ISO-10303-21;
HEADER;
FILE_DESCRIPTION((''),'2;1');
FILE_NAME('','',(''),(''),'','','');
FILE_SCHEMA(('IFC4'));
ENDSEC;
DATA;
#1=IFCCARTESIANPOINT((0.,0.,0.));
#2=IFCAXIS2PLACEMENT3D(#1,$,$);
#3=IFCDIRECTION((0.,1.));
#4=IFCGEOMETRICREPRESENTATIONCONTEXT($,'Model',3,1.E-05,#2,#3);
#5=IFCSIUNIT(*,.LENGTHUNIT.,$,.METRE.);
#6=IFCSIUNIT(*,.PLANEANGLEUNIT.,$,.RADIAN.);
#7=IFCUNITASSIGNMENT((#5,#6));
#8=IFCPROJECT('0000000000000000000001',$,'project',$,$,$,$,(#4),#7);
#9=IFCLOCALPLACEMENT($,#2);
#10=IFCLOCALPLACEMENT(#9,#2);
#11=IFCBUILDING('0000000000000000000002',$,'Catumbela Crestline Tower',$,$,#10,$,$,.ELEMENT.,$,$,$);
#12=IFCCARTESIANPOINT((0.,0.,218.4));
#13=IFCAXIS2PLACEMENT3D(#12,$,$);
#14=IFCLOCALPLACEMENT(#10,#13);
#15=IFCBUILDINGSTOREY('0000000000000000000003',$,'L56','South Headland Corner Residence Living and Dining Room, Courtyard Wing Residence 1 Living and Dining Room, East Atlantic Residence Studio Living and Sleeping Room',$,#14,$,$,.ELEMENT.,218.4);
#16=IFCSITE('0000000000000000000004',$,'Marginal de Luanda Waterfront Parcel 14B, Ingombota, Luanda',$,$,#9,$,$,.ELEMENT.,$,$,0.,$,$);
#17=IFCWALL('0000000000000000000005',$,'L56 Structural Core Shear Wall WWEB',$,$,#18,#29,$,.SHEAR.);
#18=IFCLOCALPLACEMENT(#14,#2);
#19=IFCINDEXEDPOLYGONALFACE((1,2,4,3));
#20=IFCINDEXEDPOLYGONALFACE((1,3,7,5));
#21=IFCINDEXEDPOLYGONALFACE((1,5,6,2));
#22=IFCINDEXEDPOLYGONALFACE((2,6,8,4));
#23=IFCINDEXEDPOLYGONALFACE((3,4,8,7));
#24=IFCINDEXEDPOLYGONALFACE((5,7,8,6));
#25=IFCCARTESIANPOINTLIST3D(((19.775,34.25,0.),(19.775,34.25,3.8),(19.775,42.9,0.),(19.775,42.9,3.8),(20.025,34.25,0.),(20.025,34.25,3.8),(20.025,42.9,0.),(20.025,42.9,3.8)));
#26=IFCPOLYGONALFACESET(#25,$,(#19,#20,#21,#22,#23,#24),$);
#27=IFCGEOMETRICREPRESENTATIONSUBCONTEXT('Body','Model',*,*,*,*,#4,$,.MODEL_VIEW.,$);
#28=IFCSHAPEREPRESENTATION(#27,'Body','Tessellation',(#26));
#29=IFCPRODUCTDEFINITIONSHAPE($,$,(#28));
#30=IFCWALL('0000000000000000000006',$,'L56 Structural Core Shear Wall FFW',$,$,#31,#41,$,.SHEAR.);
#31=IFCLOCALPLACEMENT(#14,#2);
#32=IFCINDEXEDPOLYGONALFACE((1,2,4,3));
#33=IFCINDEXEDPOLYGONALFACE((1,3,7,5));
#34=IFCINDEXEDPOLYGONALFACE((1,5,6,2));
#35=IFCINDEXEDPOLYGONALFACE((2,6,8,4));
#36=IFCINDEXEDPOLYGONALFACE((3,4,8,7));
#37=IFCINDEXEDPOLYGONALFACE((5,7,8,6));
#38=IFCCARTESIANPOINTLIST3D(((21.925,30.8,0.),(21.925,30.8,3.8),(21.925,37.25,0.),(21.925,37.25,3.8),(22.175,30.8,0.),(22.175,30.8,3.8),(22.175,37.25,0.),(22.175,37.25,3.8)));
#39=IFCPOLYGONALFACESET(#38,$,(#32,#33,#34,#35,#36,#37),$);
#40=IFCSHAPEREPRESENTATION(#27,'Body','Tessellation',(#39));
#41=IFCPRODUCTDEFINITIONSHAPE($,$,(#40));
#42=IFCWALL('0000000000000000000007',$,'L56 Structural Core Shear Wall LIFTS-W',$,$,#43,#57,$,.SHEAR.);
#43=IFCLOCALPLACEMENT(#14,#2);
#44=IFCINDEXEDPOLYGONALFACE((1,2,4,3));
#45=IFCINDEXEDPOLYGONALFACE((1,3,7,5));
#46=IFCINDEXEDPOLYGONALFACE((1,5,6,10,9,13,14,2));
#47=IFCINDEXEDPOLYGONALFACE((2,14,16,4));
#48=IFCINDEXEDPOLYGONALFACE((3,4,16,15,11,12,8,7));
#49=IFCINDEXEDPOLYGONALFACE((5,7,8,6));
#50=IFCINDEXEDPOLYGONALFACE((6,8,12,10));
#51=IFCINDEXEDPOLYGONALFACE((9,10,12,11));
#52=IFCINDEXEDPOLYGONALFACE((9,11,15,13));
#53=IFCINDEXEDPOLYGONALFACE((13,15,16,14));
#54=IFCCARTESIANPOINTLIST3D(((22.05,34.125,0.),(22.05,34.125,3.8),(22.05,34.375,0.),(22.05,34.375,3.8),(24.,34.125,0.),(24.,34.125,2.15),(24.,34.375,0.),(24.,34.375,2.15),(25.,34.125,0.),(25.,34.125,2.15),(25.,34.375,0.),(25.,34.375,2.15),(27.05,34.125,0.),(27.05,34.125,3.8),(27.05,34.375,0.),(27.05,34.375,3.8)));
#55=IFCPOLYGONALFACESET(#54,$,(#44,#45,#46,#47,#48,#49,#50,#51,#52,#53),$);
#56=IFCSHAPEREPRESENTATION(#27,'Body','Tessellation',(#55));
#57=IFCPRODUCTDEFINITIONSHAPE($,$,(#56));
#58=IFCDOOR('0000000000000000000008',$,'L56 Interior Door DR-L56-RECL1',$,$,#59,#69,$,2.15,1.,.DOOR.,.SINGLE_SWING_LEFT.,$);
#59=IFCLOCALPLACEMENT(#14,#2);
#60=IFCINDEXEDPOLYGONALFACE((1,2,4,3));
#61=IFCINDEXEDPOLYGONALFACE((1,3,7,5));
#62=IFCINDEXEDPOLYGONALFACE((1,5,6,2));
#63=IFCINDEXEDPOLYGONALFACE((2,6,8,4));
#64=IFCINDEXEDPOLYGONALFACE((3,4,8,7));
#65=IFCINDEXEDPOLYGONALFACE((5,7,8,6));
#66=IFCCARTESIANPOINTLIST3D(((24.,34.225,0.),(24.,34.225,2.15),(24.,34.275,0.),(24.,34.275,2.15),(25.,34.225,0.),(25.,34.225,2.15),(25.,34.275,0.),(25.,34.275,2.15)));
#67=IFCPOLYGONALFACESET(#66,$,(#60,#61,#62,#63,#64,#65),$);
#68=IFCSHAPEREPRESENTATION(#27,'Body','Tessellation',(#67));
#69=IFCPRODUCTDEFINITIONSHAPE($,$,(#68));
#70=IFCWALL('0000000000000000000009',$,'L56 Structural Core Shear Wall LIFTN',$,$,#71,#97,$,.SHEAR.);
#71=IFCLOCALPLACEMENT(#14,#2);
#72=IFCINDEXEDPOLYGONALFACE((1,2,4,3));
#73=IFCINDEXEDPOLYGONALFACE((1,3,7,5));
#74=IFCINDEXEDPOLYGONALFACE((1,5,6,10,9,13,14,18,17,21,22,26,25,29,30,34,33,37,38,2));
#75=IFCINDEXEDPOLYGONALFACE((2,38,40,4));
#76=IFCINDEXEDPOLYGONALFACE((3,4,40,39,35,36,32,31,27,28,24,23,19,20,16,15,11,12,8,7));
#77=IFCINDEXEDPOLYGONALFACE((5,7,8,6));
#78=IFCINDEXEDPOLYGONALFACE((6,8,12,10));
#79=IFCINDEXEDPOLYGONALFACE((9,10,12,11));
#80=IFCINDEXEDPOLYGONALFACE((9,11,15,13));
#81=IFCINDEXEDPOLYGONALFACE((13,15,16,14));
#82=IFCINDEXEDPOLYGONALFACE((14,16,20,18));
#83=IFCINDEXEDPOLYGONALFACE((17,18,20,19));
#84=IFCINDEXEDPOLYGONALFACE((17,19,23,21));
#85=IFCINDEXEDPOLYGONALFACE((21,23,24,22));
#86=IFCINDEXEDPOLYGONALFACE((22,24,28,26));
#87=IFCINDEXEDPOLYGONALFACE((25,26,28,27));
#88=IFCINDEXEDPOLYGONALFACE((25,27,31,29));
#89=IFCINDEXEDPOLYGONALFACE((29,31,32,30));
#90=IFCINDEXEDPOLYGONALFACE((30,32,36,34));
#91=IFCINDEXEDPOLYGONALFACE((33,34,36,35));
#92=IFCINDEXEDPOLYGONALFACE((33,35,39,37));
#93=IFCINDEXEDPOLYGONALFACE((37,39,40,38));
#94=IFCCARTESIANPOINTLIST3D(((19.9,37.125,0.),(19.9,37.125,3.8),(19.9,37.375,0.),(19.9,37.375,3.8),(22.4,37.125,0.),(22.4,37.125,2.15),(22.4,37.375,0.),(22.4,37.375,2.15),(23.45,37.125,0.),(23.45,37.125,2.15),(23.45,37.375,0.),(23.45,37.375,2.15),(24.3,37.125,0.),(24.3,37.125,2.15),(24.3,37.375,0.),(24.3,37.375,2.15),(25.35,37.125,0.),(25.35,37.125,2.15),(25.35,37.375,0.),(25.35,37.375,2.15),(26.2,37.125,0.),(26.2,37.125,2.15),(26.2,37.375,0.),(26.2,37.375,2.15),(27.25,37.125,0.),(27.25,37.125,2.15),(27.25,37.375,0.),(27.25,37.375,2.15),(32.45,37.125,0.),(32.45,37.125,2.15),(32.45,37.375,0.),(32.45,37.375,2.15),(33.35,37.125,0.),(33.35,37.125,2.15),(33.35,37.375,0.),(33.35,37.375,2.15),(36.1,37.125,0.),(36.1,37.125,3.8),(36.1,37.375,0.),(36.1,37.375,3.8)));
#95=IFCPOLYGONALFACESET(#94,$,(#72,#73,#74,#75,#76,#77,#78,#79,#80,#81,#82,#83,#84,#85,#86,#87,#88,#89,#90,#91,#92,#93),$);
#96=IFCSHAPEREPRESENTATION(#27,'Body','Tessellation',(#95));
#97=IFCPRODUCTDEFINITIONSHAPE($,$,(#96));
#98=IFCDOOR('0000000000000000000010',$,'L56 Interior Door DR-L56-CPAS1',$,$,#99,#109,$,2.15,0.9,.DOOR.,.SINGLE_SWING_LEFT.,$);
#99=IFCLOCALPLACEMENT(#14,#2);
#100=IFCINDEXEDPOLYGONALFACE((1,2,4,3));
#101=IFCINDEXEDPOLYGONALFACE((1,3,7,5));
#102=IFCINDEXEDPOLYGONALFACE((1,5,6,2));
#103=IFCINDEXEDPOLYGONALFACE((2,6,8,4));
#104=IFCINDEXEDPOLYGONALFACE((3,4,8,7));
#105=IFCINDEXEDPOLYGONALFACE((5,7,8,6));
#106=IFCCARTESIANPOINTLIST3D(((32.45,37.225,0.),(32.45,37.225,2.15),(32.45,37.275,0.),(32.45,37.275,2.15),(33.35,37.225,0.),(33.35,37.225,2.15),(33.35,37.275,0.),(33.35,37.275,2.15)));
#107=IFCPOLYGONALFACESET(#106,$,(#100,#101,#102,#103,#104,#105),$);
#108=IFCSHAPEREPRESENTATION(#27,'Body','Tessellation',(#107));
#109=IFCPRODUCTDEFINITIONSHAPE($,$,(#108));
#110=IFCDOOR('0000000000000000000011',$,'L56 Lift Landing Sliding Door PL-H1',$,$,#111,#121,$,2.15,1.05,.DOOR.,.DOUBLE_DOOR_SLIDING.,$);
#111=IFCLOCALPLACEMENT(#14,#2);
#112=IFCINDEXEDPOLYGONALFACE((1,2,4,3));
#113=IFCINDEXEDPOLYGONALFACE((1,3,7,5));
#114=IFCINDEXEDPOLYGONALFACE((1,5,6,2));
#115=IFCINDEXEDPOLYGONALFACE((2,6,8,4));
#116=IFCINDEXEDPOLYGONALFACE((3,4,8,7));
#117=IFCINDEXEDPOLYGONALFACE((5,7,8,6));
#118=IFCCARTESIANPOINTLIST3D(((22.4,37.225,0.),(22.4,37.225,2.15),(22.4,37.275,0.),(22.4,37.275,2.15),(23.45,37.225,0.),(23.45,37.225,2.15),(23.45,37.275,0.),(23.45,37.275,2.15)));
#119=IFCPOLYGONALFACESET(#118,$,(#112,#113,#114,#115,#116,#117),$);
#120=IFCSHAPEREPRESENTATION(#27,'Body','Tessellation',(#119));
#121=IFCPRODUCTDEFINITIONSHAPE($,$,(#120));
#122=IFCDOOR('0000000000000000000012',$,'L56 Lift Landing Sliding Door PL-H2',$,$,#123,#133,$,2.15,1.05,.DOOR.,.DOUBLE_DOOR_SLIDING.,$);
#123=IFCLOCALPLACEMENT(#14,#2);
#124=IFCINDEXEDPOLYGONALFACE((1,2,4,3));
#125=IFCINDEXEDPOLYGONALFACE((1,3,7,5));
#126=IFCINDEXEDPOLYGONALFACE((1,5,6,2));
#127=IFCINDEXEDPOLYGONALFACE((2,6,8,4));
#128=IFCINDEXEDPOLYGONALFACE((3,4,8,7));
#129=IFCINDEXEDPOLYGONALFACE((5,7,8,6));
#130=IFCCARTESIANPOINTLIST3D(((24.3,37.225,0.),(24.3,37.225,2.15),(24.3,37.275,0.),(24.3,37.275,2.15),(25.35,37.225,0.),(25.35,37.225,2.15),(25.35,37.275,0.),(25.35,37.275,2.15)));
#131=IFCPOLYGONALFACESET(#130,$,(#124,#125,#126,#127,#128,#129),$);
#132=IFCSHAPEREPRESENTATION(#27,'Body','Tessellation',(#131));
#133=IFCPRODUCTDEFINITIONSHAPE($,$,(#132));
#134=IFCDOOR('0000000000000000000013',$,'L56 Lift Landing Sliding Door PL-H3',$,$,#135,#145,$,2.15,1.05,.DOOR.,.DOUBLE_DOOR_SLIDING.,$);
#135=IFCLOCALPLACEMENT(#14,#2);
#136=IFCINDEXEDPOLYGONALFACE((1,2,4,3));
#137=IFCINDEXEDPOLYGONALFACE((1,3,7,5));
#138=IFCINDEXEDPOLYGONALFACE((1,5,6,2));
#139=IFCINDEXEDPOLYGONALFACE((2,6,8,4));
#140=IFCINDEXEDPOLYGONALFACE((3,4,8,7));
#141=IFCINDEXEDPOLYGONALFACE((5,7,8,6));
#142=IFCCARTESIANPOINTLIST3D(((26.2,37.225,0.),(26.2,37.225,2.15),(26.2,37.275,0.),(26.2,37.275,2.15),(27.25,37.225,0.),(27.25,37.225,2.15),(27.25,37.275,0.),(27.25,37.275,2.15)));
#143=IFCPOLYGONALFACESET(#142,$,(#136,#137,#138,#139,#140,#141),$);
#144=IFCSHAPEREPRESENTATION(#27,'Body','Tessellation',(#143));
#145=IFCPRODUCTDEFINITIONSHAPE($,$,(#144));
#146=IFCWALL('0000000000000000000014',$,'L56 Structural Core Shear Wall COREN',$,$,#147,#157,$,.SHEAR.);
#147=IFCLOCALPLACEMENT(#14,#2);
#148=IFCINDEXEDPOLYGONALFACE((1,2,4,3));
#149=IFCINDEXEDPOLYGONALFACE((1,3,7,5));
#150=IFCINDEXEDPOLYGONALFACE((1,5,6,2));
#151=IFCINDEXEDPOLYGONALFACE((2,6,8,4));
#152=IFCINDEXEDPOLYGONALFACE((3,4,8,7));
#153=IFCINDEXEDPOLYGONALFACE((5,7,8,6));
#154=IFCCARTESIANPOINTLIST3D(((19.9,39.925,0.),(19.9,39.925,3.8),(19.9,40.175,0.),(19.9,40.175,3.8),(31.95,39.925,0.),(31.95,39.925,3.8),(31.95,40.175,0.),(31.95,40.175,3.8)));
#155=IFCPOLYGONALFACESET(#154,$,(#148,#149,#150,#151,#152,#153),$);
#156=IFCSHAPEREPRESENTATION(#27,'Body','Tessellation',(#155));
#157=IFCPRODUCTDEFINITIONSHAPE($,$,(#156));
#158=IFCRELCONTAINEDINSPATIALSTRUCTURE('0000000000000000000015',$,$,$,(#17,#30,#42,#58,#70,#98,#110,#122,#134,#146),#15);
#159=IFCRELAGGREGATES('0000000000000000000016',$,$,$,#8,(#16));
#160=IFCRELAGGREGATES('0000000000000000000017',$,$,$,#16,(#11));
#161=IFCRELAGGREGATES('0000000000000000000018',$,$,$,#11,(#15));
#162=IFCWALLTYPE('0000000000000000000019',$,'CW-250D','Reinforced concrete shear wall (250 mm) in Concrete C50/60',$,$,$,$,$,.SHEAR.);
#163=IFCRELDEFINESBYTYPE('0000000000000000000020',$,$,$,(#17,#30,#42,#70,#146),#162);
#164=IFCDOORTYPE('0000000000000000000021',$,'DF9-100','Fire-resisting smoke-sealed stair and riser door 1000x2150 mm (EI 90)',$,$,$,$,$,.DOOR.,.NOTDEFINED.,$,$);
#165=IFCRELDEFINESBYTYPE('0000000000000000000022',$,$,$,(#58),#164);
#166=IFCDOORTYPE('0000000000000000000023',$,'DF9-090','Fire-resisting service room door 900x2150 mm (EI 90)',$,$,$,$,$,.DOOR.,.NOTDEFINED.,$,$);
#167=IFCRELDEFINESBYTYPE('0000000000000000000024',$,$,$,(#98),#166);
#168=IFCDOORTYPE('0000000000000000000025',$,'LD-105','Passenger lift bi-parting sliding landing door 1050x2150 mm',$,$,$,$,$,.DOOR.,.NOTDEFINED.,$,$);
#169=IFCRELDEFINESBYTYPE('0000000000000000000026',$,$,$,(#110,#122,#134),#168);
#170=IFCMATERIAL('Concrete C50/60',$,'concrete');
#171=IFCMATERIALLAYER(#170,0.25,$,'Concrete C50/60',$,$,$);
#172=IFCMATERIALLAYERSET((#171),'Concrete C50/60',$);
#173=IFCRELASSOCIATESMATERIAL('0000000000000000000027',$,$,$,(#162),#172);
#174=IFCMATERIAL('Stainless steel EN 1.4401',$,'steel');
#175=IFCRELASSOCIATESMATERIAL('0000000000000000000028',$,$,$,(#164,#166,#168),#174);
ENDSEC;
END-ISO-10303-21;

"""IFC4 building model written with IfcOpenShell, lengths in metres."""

from ifc_helpers import new_model, si_unit, direction, frame, frame_2d, origin, place, context, subcontext, project, spatial, rectangle, extrude, material, layer, layer_set, type_object, element, fill, save


model = new_model("IFC4")

# Units and contexts
model_context = context("Model", 3, precision=1e-05, world=origin(), true_north=direction((0.0, 1.0)))
body_context = subcontext(model_context, "Body", "Model", "MODEL_VIEW")
ifc_project = project(units=[si_unit("LENGTHUNIT", "METRE"), si_unit("PLANEANGLEUNIT", "RADIAN")], contexts=[model_context])

# Site, building, storey
site_placement = place(None, origin())
site = spatial("IfcSite", under=ifc_project, at=site_placement, Name="Marginal de Luanda Waterfront Parcel 14B, Ingombota, Luanda", CompositionType="ELEMENT", RefElevation=0.0)
building_placement = place(site_placement, origin())
building = spatial("IfcBuilding", under=site, at=building_placement, Name="Catumbela Crestline Tower", CompositionType="ELEMENT")
storey_placement = place(building_placement, frame((0.0, 0.0, 218.4)))
storey = spatial("IfcBuildingStorey", under=building, at=storey_placement, Name="L56", Description="South Headland Corner Residence Living and Dining Room, Courtyard Wing Residence 1 Living and Dining Room, East Atlantic Residence Studio Living and Sleeping Room", CompositionType="ELEMENT", Elevation=218.4)

# Walls
ifc_material_1 = material(Name="Concrete C50/60", Category="concrete")
ifc_layer_1 = layer(ifc_material_1, 0.25, Name="Concrete C50/60")
ifc_layer_set_1 = layer_set([ifc_layer_1], Name="Concrete C50/60")
wall_type_1 = type_object("IfcWallType", Name="CW-250D", Description="Reinforced concrete shear wall (250 mm) in Concrete C50/60", PredefinedType="SHEAR", material=ifc_layer_set_1)
wall_1_placement = place(storey_placement, frame((19.9, 34.25, 0.0), z_axis=(0.0, 0.0, 1.0), x_axis=(0.0, 1.0, 0.0)))
element("IfcWall", 1, at=wall_1_placement, inside=storey, type_object=wall_type_1, Name="L56 Structural Core Shear Wall WWEB", PredefinedType="SHEAR", context=body_context, shape_type="SweptSolid", body=[
    extrude(rectangle(XDim=8.65, YDim=0.25, at=frame_2d((4.325, 0.0))), origin(), (0.0, 0.0, 1.0), 3.8),
])
wall_2_placement = place(storey_placement, frame((22.05, 30.8, 0.0), z_axis=(0.0, 0.0, 1.0), x_axis=(0.0, 1.0, 0.0)))
element("IfcWall", 2, at=wall_2_placement, inside=storey, type_object=wall_type_1, Name="L56 Structural Core Shear Wall FFW", PredefinedType="SHEAR", context=body_context, shape_type="SweptSolid", body=[
    extrude(rectangle(XDim=6.45, YDim=0.25, at=frame_2d((3.225, 0.0))), origin(), (0.0, 0.0, 1.0), 3.8),
])

# Wall, opening, door
wall_3_placement = place(storey_placement, frame((22.05, 34.25, 0.0), z_axis=(0.0, 0.0, 1.0), x_axis=(1.0, 0.0, 0.0)))
wall_3 = element("IfcWall", 3, at=wall_3_placement, inside=storey, type_object=wall_type_1, Name="L56 Structural Core Shear Wall LIFTS-W", PredefinedType="SHEAR", context=body_context, shape_type="SweptSolid", body=[
    extrude(rectangle(XDim=5.0, YDim=0.25, at=frame_2d((2.5, 0.0))), origin(), (0.0, 0.0, 1.0), 3.8),
])
opening_1_placement = place(wall_3_placement, frame((1.95, 0.0, 0.0)))
opening_1 = element("IfcOpeningElement", 4, at=opening_1_placement, cuts=wall_3, PredefinedType="OPENING", context=body_context, shape_type="SweptSolid", body=[
    extrude(rectangle(XDim=1.0, YDim=2.15, at=frame_2d((0.5, 1.075))), frame((0.0, 0.135, 0.0), z_axis=(0.0, -1.0, 0.0), x_axis=(1.0, 0.0, 0.0)), (0.0, 0.0, 1.0), 0.27),
])
ifc_material_2 = material(Name="Stainless steel EN 1.4401", Category="steel")
door_type_1 = type_object("IfcDoorType", Name="DF9-100", Description="Fire-resisting smoke-sealed stair and riser door 1000x2150 mm (EI 90)", OperationType="NOTDEFINED", PredefinedType="DOOR", material=ifc_material_2)
door_1_placement = place(opening_1_placement, origin())
door_1 = element("IfcDoor", 5, at=door_1_placement, inside=storey, type_object=door_type_1, Name="L56 Interior Door DR-L56-RECL1", OperationType="SINGLE_SWING_LEFT", OverallHeight=2.15, OverallWidth=1.0, PredefinedType="DOOR", context=body_context, shape_type="SweptSolid", body=[
    extrude(rectangle(XDim=1.0, YDim=2.15, at=frame_2d((0.5, 1.075))), frame((0.0, 0.025, 0.0), z_axis=(0.0, -1.0, 0.0), x_axis=(1.0, 0.0, 0.0)), (0.0, 0.0, 1.0), 0.05),
])
fill(opening_1, door_1)

# Wall, openings, doors
wall_4_placement = place(storey_placement, frame((19.9, 37.25, 0.0), z_axis=(0.0, 0.0, 1.0), x_axis=(1.0, 0.0, 0.0)))
wall_4 = element("IfcWall", 6, at=wall_4_placement, inside=storey, type_object=wall_type_1, Name="L56 Structural Core Shear Wall LIFTN", PredefinedType="SHEAR", context=body_context, shape_type="SweptSolid", body=[
    extrude(rectangle(XDim=16.2, YDim=0.25, at=frame_2d((8.1, 0.0))), origin(), (0.0, 0.0, 1.0), 3.8),
])
opening_2_placement = place(wall_4_placement, frame((12.55, 0.0, 0.0)))
opening_2 = element("IfcOpeningElement", 7, at=opening_2_placement, cuts=wall_4, PredefinedType="OPENING", context=body_context, shape_type="SweptSolid", body=[
    extrude(rectangle(XDim=0.9, YDim=2.15, at=frame_2d((0.45, 1.075))), frame((0.0, 0.135, 0.0), z_axis=(0.0, -1.0, 0.0), x_axis=(1.0, 0.0, 0.0)), (0.0, 0.0, 1.0), 0.27),
])
opening_3_placement = place(wall_4_placement, frame((2.5, 0.0, 0.0)))
opening_3 = element("IfcOpeningElement", 8, at=opening_3_placement, cuts=wall_4, PredefinedType="OPENING", context=body_context, shape_type="SweptSolid", body=[
    extrude(rectangle(XDim=1.05, YDim=2.15, at=frame_2d((0.525, 1.075))), frame((0.0, 0.135, 0.0), z_axis=(0.0, -1.0, 0.0), x_axis=(1.0, 0.0, 0.0)), (0.0, 0.0, 1.0), 0.27),
])
opening_4_placement = place(wall_4_placement, frame((4.4, 0.0, 0.0)))
opening_4 = element("IfcOpeningElement", 9, at=opening_4_placement, cuts=wall_4, PredefinedType="OPENING", context=body_context, shape_type="SweptSolid", body=[
    extrude(rectangle(XDim=1.05, YDim=2.15, at=frame_2d((0.525, 1.075))), frame((0.0, 0.135, 0.0), z_axis=(0.0, -1.0, 0.0), x_axis=(1.0, 0.0, 0.0)), (0.0, 0.0, 1.0), 0.27),
])
opening_5_placement = place(wall_4_placement, frame((6.3, 0.0, 0.0)))
opening_5 = element("IfcOpeningElement", 10, at=opening_5_placement, cuts=wall_4, PredefinedType="OPENING", context=body_context, shape_type="SweptSolid", body=[
    extrude(rectangle(XDim=1.05, YDim=2.15, at=frame_2d((0.525, 1.075))), frame((0.0, 0.135, 0.0), z_axis=(0.0, -1.0, 0.0), x_axis=(1.0, 0.0, 0.0)), (0.0, 0.0, 1.0), 0.27),
])
door_type_2 = type_object("IfcDoorType", Name="DF9-090", Description="Fire-resisting service room door 900x2150 mm (EI 90)", OperationType="NOTDEFINED", PredefinedType="DOOR", material=ifc_material_2)
door_2_placement = place(opening_2_placement, origin())
door_2 = element("IfcDoor", 11, at=door_2_placement, inside=storey, type_object=door_type_2, Name="L56 Interior Door DR-L56-CPAS1", OperationType="SINGLE_SWING_LEFT", OverallHeight=2.15, OverallWidth=0.9, PredefinedType="DOOR", context=body_context, shape_type="SweptSolid", body=[
    extrude(rectangle(XDim=0.9, YDim=2.15, at=frame_2d((0.45, 1.075))), frame((0.0, 0.025, 0.0), z_axis=(0.0, -1.0, 0.0), x_axis=(1.0, 0.0, 0.0)), (0.0, 0.0, 1.0), 0.05),
])
fill(opening_2, door_2)
door_type_3 = type_object("IfcDoorType", Name="LD-105", Description="Passenger lift bi-parting sliding landing door 1050x2150 mm", OperationType="NOTDEFINED", PredefinedType="DOOR", material=ifc_material_2)
door_3_placement = place(opening_3_placement, origin())
door_3 = element("IfcDoor", 12, at=door_3_placement, inside=storey, type_object=door_type_3, Name="L56 Lift Landing Sliding Door PL-H1", OperationType="DOUBLE_DOOR_SLIDING", OverallHeight=2.15, OverallWidth=1.05, PredefinedType="DOOR", context=body_context, shape_type="SweptSolid", body=[
    extrude(rectangle(XDim=1.05, YDim=2.15, at=frame_2d((0.525, 1.075))), frame((0.0, 0.025, 0.0), z_axis=(0.0, -1.0, 0.0), x_axis=(1.0, 0.0, 0.0)), (0.0, 0.0, 1.0), 0.05),
])
fill(opening_3, door_3)
door_4_placement = place(opening_4_placement, origin())
door_4 = element("IfcDoor", 13, at=door_4_placement, inside=storey, type_object=door_type_3, Name="L56 Lift Landing Sliding Door PL-H2", OperationType="DOUBLE_DOOR_SLIDING", OverallHeight=2.15, OverallWidth=1.05, PredefinedType="DOOR", context=body_context, shape_type="SweptSolid", body=[
    extrude(rectangle(XDim=1.05, YDim=2.15, at=frame_2d((0.525, 1.075))), frame((0.0, 0.025, 0.0), z_axis=(0.0, -1.0, 0.0), x_axis=(1.0, 0.0, 0.0)), (0.0, 0.0, 1.0), 0.05),
])
fill(opening_4, door_4)
door_5_placement = place(opening_5_placement, origin())
door_5 = element("IfcDoor", 14, at=door_5_placement, inside=storey, type_object=door_type_3, Name="L56 Lift Landing Sliding Door PL-H3", OperationType="DOUBLE_DOOR_SLIDING", OverallHeight=2.15, OverallWidth=1.05, PredefinedType="DOOR", context=body_context, shape_type="SweptSolid", body=[
    extrude(rectangle(XDim=1.05, YDim=2.15, at=frame_2d((0.525, 1.075))), frame((0.0, 0.025, 0.0), z_axis=(0.0, -1.0, 0.0), x_axis=(1.0, 0.0, 0.0)), (0.0, 0.0, 1.0), 0.05),
])
fill(opening_5, door_5)

# Wall
wall_5_placement = place(storey_placement, frame((19.9, 40.05, 0.0), z_axis=(0.0, 0.0, 1.0), x_axis=(1.0, 0.0, 0.0)))
element("IfcWall", 15, at=wall_5_placement, inside=storey, type_object=wall_type_1, Name="L56 Structural Core Shear Wall COREN", PredefinedType="SHEAR", context=body_context, shape_type="SweptSolid", body=[
    extrude(rectangle(XDim=12.05, YDim=0.25, at=frame_2d((6.025, 0.0))), origin(), (0.0, 0.0, 1.0), 3.8),
])

save(model, "model.ifc")
